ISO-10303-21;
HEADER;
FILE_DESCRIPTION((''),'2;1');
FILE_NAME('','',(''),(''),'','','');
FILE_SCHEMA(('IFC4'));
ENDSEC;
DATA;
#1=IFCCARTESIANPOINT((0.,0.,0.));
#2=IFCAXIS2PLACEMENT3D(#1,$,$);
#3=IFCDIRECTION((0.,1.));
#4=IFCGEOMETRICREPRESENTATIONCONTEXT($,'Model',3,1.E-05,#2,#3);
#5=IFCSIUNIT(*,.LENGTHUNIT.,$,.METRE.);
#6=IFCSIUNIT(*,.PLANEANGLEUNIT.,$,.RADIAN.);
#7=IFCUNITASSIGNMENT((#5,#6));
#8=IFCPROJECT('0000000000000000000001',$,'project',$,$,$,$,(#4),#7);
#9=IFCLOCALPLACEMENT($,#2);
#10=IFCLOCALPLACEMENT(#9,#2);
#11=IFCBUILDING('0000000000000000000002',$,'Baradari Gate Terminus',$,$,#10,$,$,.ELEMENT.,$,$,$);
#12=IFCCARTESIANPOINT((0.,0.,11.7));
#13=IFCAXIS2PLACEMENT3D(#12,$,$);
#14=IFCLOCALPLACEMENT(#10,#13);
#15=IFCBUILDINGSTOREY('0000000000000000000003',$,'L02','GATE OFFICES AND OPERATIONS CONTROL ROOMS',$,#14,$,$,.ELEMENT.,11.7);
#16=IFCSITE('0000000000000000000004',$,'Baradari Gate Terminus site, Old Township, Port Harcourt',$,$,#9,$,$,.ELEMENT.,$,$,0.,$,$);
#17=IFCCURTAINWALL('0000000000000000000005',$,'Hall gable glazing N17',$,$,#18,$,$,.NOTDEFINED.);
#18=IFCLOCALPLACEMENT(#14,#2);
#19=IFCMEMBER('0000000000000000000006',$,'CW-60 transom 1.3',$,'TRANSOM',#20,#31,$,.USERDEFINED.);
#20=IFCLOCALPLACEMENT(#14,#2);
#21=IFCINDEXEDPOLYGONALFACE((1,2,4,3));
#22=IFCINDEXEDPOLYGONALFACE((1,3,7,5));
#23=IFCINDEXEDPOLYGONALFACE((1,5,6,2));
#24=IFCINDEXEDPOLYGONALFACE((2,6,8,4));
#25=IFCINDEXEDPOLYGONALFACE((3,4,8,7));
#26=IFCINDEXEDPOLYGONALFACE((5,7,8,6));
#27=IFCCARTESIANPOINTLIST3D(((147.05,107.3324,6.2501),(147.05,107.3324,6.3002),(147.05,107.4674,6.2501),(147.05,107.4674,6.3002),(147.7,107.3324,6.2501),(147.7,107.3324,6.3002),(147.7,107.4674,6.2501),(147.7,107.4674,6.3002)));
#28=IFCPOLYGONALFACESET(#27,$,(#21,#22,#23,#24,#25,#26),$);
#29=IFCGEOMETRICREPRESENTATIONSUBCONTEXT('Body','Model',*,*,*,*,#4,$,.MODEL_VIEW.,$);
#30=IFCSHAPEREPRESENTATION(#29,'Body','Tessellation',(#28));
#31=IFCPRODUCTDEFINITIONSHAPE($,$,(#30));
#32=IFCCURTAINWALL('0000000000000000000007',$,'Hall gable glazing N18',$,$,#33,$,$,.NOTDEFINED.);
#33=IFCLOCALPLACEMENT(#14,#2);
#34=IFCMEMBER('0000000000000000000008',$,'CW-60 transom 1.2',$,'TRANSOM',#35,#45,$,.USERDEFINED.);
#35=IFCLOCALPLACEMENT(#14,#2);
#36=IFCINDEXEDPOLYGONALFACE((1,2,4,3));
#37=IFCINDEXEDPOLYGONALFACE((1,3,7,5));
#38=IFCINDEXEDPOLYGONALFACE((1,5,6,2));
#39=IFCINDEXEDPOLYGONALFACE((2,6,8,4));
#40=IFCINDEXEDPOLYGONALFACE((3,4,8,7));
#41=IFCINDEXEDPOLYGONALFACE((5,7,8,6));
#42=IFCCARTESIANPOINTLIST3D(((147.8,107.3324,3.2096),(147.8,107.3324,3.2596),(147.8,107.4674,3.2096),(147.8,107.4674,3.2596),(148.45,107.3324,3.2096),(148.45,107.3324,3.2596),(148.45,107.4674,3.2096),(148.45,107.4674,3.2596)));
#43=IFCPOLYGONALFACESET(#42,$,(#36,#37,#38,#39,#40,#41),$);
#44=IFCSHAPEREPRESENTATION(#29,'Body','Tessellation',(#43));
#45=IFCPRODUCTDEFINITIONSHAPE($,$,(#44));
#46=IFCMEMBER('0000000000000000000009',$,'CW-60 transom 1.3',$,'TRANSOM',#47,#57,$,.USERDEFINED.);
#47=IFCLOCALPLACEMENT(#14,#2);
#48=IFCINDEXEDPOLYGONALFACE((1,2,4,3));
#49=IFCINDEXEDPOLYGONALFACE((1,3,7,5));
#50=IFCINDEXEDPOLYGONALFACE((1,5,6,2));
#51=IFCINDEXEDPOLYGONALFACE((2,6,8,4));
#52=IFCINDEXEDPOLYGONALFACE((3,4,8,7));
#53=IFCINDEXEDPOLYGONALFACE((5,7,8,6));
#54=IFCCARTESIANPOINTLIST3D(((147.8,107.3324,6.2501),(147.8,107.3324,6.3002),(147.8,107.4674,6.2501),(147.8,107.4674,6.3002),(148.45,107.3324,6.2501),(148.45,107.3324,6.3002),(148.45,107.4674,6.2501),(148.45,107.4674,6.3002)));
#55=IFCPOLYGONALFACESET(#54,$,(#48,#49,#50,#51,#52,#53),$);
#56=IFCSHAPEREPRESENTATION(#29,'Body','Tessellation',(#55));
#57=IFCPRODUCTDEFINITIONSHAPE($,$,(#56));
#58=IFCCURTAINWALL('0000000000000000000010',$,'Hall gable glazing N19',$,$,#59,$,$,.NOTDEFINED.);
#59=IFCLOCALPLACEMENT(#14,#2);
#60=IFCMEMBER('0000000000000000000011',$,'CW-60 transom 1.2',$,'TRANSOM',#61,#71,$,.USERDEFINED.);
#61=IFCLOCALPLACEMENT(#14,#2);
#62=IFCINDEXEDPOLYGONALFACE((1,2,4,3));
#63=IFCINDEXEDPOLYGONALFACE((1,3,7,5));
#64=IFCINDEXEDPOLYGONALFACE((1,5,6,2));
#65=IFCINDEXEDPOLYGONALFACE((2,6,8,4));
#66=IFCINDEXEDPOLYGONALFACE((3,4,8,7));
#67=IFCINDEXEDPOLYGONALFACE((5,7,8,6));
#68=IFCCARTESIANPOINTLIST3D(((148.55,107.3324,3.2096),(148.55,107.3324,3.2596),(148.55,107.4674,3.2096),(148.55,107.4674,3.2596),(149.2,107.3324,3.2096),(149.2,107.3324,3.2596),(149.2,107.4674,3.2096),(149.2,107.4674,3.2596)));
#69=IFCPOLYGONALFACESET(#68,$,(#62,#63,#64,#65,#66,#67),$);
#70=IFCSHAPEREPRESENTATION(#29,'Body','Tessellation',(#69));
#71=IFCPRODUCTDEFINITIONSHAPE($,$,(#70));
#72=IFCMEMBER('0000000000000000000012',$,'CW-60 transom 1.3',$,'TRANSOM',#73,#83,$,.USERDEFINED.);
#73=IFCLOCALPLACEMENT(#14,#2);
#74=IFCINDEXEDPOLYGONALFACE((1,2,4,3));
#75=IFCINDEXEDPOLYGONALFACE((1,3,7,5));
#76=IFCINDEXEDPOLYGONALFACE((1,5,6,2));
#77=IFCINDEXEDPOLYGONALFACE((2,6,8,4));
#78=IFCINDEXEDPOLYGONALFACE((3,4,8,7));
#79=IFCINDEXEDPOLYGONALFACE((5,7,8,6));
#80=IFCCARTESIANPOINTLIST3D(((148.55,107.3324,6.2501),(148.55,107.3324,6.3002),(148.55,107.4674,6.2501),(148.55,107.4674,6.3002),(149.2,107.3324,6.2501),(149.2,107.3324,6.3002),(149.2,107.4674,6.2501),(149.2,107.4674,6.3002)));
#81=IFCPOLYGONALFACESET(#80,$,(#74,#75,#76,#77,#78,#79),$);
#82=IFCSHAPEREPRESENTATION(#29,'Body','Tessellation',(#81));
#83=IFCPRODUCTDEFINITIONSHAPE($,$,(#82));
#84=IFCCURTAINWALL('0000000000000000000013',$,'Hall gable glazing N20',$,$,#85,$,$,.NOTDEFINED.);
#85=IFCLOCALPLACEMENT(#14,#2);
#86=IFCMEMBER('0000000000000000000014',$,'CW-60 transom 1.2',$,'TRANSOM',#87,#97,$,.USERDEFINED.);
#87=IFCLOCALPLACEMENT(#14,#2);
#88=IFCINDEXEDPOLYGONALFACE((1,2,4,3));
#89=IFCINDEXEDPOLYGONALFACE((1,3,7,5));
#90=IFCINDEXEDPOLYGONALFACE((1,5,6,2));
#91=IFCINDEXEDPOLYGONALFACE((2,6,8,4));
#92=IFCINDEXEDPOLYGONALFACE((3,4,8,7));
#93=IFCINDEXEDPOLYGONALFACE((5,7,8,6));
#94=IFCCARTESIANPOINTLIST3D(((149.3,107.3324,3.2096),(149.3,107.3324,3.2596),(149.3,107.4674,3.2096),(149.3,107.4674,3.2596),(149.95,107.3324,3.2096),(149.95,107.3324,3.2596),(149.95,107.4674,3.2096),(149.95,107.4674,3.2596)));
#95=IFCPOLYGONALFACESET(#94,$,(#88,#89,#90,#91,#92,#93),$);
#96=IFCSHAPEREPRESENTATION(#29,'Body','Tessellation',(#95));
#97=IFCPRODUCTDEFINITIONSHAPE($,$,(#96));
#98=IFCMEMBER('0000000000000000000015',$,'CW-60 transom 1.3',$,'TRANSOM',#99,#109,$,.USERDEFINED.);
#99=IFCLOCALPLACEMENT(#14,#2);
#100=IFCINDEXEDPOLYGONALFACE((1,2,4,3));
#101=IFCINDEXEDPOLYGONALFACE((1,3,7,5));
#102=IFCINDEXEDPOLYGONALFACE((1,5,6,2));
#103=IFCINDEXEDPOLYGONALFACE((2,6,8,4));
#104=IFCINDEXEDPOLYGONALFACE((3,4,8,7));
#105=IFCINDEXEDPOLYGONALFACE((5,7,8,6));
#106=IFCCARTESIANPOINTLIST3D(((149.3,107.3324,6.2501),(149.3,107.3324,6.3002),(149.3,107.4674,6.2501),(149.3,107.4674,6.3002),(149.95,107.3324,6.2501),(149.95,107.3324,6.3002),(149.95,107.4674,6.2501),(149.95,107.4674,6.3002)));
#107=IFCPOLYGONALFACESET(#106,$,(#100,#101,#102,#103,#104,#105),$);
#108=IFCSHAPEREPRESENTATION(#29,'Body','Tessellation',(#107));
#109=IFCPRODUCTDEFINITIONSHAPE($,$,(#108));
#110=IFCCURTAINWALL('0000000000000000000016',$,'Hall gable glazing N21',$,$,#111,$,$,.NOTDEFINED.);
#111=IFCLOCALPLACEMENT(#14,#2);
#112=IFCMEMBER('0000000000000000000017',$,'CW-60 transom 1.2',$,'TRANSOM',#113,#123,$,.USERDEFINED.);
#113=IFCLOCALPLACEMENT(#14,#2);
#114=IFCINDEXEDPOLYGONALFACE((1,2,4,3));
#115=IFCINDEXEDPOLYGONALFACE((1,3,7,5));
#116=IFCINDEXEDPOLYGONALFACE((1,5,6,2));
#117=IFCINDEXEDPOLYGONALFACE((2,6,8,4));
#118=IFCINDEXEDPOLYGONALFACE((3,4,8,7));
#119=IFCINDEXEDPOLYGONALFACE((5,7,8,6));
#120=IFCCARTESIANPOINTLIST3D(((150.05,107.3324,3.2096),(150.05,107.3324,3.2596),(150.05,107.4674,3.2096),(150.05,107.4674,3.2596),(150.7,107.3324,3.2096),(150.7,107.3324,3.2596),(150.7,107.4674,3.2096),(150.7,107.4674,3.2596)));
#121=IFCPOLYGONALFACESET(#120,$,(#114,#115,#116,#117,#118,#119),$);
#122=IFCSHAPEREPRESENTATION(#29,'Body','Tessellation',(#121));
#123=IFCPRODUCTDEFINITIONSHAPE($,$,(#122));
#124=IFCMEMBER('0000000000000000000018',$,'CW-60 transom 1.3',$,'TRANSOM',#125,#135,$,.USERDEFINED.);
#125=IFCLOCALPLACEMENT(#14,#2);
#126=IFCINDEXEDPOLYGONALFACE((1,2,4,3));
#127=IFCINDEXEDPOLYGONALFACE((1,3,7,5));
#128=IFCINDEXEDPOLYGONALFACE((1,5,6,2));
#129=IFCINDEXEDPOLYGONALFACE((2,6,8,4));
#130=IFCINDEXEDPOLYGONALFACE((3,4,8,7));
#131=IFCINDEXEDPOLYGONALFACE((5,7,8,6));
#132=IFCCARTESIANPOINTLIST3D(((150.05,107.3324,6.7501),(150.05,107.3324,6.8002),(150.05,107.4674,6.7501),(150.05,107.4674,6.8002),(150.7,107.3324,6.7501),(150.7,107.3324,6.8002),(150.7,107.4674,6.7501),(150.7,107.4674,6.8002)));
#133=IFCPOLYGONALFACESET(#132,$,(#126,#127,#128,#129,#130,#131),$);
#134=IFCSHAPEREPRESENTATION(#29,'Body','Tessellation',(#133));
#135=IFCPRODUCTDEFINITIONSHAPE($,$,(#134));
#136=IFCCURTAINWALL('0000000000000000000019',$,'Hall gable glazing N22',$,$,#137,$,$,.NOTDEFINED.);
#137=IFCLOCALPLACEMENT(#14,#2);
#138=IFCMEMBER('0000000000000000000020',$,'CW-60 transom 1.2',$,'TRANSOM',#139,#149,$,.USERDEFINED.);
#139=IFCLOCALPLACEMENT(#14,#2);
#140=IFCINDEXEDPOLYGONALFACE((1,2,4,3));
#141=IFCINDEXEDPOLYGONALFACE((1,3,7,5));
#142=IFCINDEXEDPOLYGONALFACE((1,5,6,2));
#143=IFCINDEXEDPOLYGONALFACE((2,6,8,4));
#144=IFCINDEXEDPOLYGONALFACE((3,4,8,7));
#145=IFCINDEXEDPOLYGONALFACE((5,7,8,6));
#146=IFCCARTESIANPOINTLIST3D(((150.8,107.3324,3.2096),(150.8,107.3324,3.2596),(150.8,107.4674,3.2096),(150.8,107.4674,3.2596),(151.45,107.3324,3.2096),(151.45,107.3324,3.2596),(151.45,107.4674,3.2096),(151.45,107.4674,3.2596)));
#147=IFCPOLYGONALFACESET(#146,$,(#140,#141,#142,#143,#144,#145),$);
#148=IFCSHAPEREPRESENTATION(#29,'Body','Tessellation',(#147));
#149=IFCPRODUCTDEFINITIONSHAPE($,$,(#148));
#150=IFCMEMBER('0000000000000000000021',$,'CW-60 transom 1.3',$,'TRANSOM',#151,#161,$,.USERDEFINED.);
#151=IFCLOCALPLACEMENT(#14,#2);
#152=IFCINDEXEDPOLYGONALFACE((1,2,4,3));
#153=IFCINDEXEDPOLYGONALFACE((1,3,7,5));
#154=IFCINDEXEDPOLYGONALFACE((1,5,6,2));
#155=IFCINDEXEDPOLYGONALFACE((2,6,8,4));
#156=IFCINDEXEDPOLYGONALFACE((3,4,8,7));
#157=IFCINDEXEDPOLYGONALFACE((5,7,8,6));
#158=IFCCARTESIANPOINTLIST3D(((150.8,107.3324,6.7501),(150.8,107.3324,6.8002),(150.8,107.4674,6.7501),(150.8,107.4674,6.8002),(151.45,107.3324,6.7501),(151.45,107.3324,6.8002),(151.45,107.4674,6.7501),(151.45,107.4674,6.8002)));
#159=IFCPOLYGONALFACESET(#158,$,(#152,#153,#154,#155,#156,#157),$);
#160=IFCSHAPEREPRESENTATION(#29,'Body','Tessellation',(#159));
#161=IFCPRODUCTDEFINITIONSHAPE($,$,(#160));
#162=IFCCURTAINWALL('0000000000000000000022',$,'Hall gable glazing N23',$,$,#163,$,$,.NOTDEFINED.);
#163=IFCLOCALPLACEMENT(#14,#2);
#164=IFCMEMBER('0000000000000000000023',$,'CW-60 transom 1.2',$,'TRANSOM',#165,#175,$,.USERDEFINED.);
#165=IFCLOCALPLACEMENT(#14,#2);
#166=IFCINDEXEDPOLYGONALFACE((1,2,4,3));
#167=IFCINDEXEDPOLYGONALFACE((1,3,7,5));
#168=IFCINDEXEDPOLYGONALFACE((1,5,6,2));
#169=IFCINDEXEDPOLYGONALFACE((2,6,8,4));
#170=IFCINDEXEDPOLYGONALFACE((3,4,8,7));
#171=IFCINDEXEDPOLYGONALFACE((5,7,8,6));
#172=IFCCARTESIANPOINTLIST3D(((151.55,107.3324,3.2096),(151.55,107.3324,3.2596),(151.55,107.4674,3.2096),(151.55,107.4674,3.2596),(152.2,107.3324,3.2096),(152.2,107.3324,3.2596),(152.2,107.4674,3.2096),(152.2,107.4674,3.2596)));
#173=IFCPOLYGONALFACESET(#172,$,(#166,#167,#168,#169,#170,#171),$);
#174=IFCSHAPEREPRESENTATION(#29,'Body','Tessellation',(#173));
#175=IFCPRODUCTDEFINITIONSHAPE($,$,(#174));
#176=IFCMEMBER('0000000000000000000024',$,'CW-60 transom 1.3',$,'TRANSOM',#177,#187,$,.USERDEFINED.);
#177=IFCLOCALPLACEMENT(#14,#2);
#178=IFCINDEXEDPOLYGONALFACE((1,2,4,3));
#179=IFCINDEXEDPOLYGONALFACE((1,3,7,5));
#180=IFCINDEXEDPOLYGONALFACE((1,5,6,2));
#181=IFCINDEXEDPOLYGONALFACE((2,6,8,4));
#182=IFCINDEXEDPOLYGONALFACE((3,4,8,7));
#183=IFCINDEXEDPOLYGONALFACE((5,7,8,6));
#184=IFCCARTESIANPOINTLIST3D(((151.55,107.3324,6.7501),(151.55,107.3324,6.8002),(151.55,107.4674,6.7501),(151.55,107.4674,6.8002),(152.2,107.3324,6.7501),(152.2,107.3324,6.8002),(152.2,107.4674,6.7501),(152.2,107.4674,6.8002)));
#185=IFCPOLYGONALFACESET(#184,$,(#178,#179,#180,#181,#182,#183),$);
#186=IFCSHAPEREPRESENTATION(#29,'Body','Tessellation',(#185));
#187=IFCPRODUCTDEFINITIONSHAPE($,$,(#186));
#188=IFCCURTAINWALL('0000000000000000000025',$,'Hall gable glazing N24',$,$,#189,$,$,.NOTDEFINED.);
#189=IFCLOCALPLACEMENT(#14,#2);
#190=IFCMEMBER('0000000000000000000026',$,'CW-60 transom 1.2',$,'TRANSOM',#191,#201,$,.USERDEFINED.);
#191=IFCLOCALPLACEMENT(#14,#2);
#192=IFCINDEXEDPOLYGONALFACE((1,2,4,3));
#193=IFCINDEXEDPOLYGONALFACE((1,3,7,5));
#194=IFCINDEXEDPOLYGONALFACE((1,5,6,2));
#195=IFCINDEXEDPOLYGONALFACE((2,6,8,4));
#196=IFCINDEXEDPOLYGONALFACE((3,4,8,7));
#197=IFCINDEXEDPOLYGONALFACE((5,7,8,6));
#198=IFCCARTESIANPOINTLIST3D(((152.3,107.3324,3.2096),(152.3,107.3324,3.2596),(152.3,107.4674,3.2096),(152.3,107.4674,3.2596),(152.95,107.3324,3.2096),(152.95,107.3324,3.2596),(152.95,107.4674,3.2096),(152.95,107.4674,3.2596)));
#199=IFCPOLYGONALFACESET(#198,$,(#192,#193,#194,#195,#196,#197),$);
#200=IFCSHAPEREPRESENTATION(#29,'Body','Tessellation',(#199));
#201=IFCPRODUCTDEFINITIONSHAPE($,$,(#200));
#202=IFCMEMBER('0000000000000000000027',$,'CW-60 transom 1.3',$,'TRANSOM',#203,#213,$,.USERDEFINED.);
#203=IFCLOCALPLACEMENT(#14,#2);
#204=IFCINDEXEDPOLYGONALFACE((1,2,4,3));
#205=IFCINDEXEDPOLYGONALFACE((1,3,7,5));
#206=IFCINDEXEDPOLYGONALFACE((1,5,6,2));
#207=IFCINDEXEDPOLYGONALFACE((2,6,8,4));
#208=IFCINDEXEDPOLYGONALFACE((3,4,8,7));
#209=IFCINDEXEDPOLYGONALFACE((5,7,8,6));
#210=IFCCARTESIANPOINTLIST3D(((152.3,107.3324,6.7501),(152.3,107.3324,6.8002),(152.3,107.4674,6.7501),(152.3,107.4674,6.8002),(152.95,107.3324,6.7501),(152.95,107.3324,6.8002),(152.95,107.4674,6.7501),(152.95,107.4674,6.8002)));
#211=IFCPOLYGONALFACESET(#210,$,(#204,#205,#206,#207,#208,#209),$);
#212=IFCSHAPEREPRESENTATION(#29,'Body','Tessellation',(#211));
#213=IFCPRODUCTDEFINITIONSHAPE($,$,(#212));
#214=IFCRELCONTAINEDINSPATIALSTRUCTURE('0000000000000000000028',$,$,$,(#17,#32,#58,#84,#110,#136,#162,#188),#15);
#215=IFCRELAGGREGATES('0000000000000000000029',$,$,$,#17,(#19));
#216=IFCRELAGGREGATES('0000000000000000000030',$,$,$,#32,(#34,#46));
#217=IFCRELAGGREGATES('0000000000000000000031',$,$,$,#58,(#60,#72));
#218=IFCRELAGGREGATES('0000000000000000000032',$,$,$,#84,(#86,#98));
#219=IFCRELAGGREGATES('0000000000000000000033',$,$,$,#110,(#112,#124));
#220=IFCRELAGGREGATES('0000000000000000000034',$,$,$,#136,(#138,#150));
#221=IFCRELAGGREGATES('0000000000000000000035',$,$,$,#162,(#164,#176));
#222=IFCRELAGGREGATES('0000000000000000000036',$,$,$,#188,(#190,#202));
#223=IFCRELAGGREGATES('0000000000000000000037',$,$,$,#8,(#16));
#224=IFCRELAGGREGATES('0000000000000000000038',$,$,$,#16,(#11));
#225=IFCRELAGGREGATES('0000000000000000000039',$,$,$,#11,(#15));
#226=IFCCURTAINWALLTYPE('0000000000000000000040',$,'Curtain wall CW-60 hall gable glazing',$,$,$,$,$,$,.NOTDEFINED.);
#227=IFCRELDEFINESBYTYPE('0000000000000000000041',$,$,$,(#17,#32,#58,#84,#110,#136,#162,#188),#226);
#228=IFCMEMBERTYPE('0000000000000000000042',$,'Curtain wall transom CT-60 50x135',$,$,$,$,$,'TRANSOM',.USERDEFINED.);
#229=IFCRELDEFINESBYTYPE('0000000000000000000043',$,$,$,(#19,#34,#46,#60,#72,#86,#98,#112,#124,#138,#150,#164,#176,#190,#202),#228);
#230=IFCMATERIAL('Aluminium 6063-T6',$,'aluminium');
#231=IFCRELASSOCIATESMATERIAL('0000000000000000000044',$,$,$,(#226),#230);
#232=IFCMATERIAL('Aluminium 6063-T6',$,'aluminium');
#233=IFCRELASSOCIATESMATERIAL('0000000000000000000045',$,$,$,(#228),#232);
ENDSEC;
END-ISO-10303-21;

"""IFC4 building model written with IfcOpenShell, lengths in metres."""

from ifc_helpers import new_model, si_unit, direction, frame, origin, origin_2d, place, context, subcontext, project, spatial, rectangle, extrude, material, material_profile, profile_set, type_object, element, aggregate, save


model = new_model("IFC4")

# Units and contexts
model_context = context("Model", 3, precision=1e-05, world=origin(), true_north=direction((0.0, 1.0)))
body_context = subcontext(model_context, "Body", "Model", "MODEL_VIEW")
ifc_project = project(units=[si_unit("LENGTHUNIT", "METRE"), si_unit("PLANEANGLEUNIT", "RADIAN")], contexts=[model_context])

# Site, building, storey
site_placement = place(None, origin())
site = spatial("IfcSite", under=ifc_project, at=site_placement, Name="Baradari Gate Terminus site, Old Township, Port Harcourt", CompositionType="ELEMENT", RefElevation=0.0)
building_placement = place(site_placement, origin())
building = spatial("IfcBuilding", under=site, at=building_placement, Name="Baradari Gate Terminus", CompositionType="ELEMENT")
storey_placement = place(building_placement, frame((0.0, 0.0, 11.7)))
storey = spatial("IfcBuildingStorey", under=building, at=storey_placement, Name="L02", Description="GATE OFFICES AND OPERATIONS CONTROL ROOMS", CompositionType="ELEMENT", Elevation=11.7)

# Curtain wall, member
ifc_material_1 = material(Name="Aluminium 6063-T6", Category="aluminium")
curtain_wall_type = type_object("IfcCurtainWallType", Name="Curtain wall CW-60 hall gable glazing", PredefinedType="NOTDEFINED", material=ifc_material_1)
curtain_wall_1_placement = place(storey_placement, origin())
curtain_wall_1 = element("IfcCurtainWall", 1, at=curtain_wall_1_placement, inside=storey, type_object=curtain_wall_type, Name="Hall gable glazing N17", PredefinedType="NOTDEFINED")
ifc_material_2 = material(Name="Aluminium 6063-T6", Category="aluminium")
ifc_material_profile = material_profile(ifc_material_2, rectangle(XDim=0.135, YDim=0.05, at=origin_2d()), Name="CT-60 50X135")
ifc_profile_set = profile_set([ifc_material_profile], Name="Aluminium 6063-T6")
member_type = type_object("IfcMemberType", Name="Curtain wall transom CT-60 50x135", ElementType="TRANSOM", PredefinedType="USERDEFINED", material=ifc_profile_set)
member_1_placement = place(storey_placement, frame((147.05, 107.3999, 6.2751), z_axis=(1.0, 0.0, 0.0), x_axis=(0.0, 1.0, 0.0)))
member_1 = element("IfcMember", 2, at=member_1_placement, type_object=member_type, Name="CW-60 transom 1.3", ObjectType="TRANSOM", PredefinedType="USERDEFINED", context=body_context, shape_type="SweptSolid", body=[
    extrude(rectangle(XDim=0.135, YDim=0.05, at=origin_2d()), origin(), (0.0, 0.0, 1.0), 0.6499),
])

# Curtain walls, members
curtain_wall_2_placement = place(storey_placement, origin())
curtain_wall_2 = element("IfcCurtainWall", 3, at=curtain_wall_2_placement, inside=storey, type_object=curtain_wall_type, Name="Hall gable glazing N18", PredefinedType="NOTDEFINED")
member_2_placement = place(storey_placement, frame((147.8, 107.3999, 3.2346), z_axis=(1.0, 0.0, 0.0), x_axis=(0.0, 1.0, 0.0)))
member_2 = element("IfcMember", 4, at=member_2_placement, type_object=member_type, Name="CW-60 transom 1.2", ObjectType="TRANSOM", PredefinedType="USERDEFINED", context=body_context, shape_type="SweptSolid", body=[
    extrude(rectangle(XDim=0.135, YDim=0.05, at=origin_2d()), origin(), (0.0, 0.0, 1.0), 0.6499),
])
member_3_placement = place(storey_placement, frame((147.8, 107.3999, 6.2751), z_axis=(1.0, 0.0, 0.0), x_axis=(0.0, 1.0, 0.0)))
member_3 = element("IfcMember", 5, at=member_3_placement, type_object=member_type, Name="CW-60 transom 1.3", ObjectType="TRANSOM", PredefinedType="USERDEFINED", context=body_context, shape_type="SweptSolid", body=[
    extrude(rectangle(XDim=0.135, YDim=0.05, at=origin_2d()), origin(), (0.0, 0.0, 1.0), 0.6499),
])
curtain_wall_3_placement = place(storey_placement, origin())
curtain_wall_3 = element("IfcCurtainWall", 6, at=curtain_wall_3_placement, inside=storey, type_object=curtain_wall_type, Name="Hall gable glazing N19", PredefinedType="NOTDEFINED")
member_4_placement = place(storey_placement, frame((148.55, 107.3999, 3.2346), z_axis=(1.0, 0.0, 0.0), x_axis=(0.0, 1.0, 0.0)))
member_4 = element("IfcMember", 7, at=member_4_placement, type_object=member_type, Name="CW-60 transom 1.2", ObjectType="TRANSOM", PredefinedType="USERDEFINED", context=body_context, shape_type="SweptSolid", body=[
    extrude(rectangle(XDim=0.135, YDim=0.05, at=origin_2d()), origin(), (0.0, 0.0, 1.0), 0.6499),
])
member_5_placement = place(storey_placement, frame((148.55, 107.3999, 6.2751), z_axis=(1.0, 0.0, 0.0), x_axis=(0.0, 1.0, 0.0)))
member_5 = element("IfcMember", 8, at=member_5_placement, type_object=member_type, Name="CW-60 transom 1.3", ObjectType="TRANSOM", PredefinedType="USERDEFINED", context=body_context, shape_type="SweptSolid", body=[
    extrude(rectangle(XDim=0.135, YDim=0.05, at=origin_2d()), origin(), (0.0, 0.0, 1.0), 0.6499),
])
curtain_wall_4_placement = place(storey_placement, origin())
curtain_wall_4 = element("IfcCurtainWall", 9, at=curtain_wall_4_placement, inside=storey, type_object=curtain_wall_type, Name="Hall gable glazing N20", PredefinedType="NOTDEFINED")
member_6_placement = place(storey_placement, frame((149.3, 107.3999, 3.2346), z_axis=(1.0, 0.0, 0.0), x_axis=(0.0, 1.0, 0.0)))
member_6 = element("IfcMember", 10, at=member_6_placement, type_object=member_type, Name="CW-60 transom 1.2", ObjectType="TRANSOM", PredefinedType="USERDEFINED", context=body_context, shape_type="SweptSolid", body=[
    extrude(rectangle(XDim=0.135, YDim=0.05, at=origin_2d()), origin(), (0.0, 0.0, 1.0), 0.6499),
])
member_7_placement = place(storey_placement, frame((149.3, 107.3999, 6.2751), z_axis=(1.0, 0.0, 0.0), x_axis=(0.0, 1.0, 0.0)))
member_7 = element("IfcMember", 11, at=member_7_placement, type_object=member_type, Name="CW-60 transom 1.3", ObjectType="TRANSOM", PredefinedType="USERDEFINED", context=body_context, shape_type="SweptSolid", body=[
    extrude(rectangle(XDim=0.135, YDim=0.05, at=origin_2d()), origin(), (0.0, 0.0, 1.0), 0.6499),
])
curtain_wall_5_placement = place(storey_placement, origin())
curtain_wall_5 = element("IfcCurtainWall", 12, at=curtain_wall_5_placement, inside=storey, type_object=curtain_wall_type, Name="Hall gable glazing N21", PredefinedType="NOTDEFINED")
member_8_placement = place(storey_placement, frame((150.05, 107.3999, 3.2346), z_axis=(1.0, 0.0, 0.0), x_axis=(0.0, 1.0, 0.0)))
member_8 = element("IfcMember", 13, at=member_8_placement, type_object=member_type, Name="CW-60 transom 1.2", ObjectType="TRANSOM", PredefinedType="USERDEFINED", context=body_context, shape_type="SweptSolid", body=[
    extrude(rectangle(XDim=0.135, YDim=0.05, at=origin_2d()), origin(), (0.0, 0.0, 1.0), 0.6499),
])
member_9_placement = place(storey_placement, frame((150.05, 107.3999, 6.7751), z_axis=(1.0, 0.0, 0.0), x_axis=(0.0, 1.0, 0.0)))
member_9 = element("IfcMember", 14, at=member_9_placement, type_object=member_type, Name="CW-60 transom 1.3", ObjectType="TRANSOM", PredefinedType="USERDEFINED", context=body_context, shape_type="SweptSolid", body=[
    extrude(rectangle(XDim=0.135, YDim=0.05, at=origin_2d()), origin(), (0.0, 0.0, 1.0), 0.6499),
])
curtain_wall_6_placement = place(storey_placement, origin())
curtain_wall_6 = element("IfcCurtainWall", 15, at=curtain_wall_6_placement, inside=storey, type_object=curtain_wall_type, Name="Hall gable glazing N22", PredefinedType="NOTDEFINED")
member_10_placement = place(storey_placement, frame((150.8, 107.3999, 3.2346), z_axis=(1.0, 0.0, 0.0), x_axis=(0.0, 1.0, 0.0)))
member_10 = element("IfcMember", 16, at=member_10_placement, type_object=member_type, Name="CW-60 transom 1.2", ObjectType="TRANSOM", PredefinedType="USERDEFINED", context=body_context, shape_type="SweptSolid", body=[
    extrude(rectangle(XDim=0.135, YDim=0.05, at=origin_2d()), origin(), (0.0, 0.0, 1.0), 0.6499),
])
member_11_placement = place(storey_placement, frame((150.8, 107.3999, 6.7751), z_axis=(1.0, 0.0, 0.0), x_axis=(0.0, 1.0, 0.0)))
member_11 = element("IfcMember", 17, at=member_11_placement, type_object=member_type, Name="CW-60 transom 1.3", ObjectType="TRANSOM", PredefinedType="USERDEFINED", context=body_context, shape_type="SweptSolid", body=[
    extrude(rectangle(XDim=0.135, YDim=0.05, at=origin_2d()), origin(), (0.0, 0.0, 1.0), 0.6499),
])
curtain_wall_7_placement = place(storey_placement, origin())
curtain_wall_7 = element("IfcCurtainWall", 18, at=curtain_wall_7_placement, inside=storey, type_object=curtain_wall_type, Name="Hall gable glazing N23", PredefinedType="NOTDEFINED")
member_12_placement = place(storey_placement, frame((151.55, 107.3999, 3.2346), z_axis=(1.0, 0.0, 0.0), x_axis=(0.0, 1.0, 0.0)))
member_12 = element("IfcMember", 19, at=member_12_placement, type_object=member_type, Name="CW-60 transom 1.2", ObjectType="TRANSOM", PredefinedType="USERDEFINED", context=body_context, shape_type="SweptSolid", body=[
    extrude(rectangle(XDim=0.135, YDim=0.05, at=origin_2d()), origin(), (0.0, 0.0, 1.0), 0.6499),
])
member_13_placement = place(storey_placement, frame((151.55, 107.3999, 6.7751), z_axis=(1.0, 0.0, 0.0), x_axis=(0.0, 1.0, 0.0)))
member_13 = element("IfcMember", 20, at=member_13_placement, type_object=member_type, Name="CW-60 transom 1.3", ObjectType="TRANSOM", PredefinedType="USERDEFINED", context=body_context, shape_type="SweptSolid", body=[
    extrude(rectangle(XDim=0.135, YDim=0.05, at=origin_2d()), origin(), (0.0, 0.0, 1.0), 0.6499),
])
curtain_wall_8_placement = place(storey_placement, origin())
curtain_wall_8 = element("IfcCurtainWall", 21, at=curtain_wall_8_placement, inside=storey, type_object=curtain_wall_type, Name="Hall gable glazing N24", PredefinedType="NOTDEFINED")
member_14_placement = place(storey_placement, frame((152.3, 107.3999, 3.2346), z_axis=(1.0, 0.0, 0.0), x_axis=(0.0, 1.0, 0.0)))
member_14 = element("IfcMember", 22, at=member_14_placement, type_object=member_type, Name="CW-60 transom 1.2", ObjectType="TRANSOM", PredefinedType="USERDEFINED", context=body_context, shape_type="SweptSolid", body=[
    extrude(rectangle(XDim=0.135, YDim=0.05, at=origin_2d()), origin(), (0.0, 0.0, 1.0), 0.6499),
])
member_15_placement = place(storey_placement, frame((152.3, 107.3999, 6.7751), z_axis=(1.0, 0.0, 0.0), x_axis=(0.0, 1.0, 0.0)))
member_15 = element("IfcMember", 23, at=member_15_placement, type_object=member_type, Name="CW-60 transom 1.3", ObjectType="TRANSOM", PredefinedType="USERDEFINED", context=body_context, shape_type="SweptSolid", body=[
    extrude(rectangle(XDim=0.135, YDim=0.05, at=origin_2d()), origin(), (0.0, 0.0, 1.0), 0.6499),
])

aggregate(curtain_wall_1, [member_1])
aggregate(curtain_wall_2, [member_2, member_3])
aggregate(curtain_wall_3, [member_4, member_5])
aggregate(curtain_wall_4, [member_6, member_7])
aggregate(curtain_wall_5, [member_8, member_9])
aggregate(curtain_wall_6, [member_10, member_11])
aggregate(curtain_wall_7, [member_12, member_13])
aggregate(curtain_wall_8, [member_14, member_15])

save(model, "model.ifc")
